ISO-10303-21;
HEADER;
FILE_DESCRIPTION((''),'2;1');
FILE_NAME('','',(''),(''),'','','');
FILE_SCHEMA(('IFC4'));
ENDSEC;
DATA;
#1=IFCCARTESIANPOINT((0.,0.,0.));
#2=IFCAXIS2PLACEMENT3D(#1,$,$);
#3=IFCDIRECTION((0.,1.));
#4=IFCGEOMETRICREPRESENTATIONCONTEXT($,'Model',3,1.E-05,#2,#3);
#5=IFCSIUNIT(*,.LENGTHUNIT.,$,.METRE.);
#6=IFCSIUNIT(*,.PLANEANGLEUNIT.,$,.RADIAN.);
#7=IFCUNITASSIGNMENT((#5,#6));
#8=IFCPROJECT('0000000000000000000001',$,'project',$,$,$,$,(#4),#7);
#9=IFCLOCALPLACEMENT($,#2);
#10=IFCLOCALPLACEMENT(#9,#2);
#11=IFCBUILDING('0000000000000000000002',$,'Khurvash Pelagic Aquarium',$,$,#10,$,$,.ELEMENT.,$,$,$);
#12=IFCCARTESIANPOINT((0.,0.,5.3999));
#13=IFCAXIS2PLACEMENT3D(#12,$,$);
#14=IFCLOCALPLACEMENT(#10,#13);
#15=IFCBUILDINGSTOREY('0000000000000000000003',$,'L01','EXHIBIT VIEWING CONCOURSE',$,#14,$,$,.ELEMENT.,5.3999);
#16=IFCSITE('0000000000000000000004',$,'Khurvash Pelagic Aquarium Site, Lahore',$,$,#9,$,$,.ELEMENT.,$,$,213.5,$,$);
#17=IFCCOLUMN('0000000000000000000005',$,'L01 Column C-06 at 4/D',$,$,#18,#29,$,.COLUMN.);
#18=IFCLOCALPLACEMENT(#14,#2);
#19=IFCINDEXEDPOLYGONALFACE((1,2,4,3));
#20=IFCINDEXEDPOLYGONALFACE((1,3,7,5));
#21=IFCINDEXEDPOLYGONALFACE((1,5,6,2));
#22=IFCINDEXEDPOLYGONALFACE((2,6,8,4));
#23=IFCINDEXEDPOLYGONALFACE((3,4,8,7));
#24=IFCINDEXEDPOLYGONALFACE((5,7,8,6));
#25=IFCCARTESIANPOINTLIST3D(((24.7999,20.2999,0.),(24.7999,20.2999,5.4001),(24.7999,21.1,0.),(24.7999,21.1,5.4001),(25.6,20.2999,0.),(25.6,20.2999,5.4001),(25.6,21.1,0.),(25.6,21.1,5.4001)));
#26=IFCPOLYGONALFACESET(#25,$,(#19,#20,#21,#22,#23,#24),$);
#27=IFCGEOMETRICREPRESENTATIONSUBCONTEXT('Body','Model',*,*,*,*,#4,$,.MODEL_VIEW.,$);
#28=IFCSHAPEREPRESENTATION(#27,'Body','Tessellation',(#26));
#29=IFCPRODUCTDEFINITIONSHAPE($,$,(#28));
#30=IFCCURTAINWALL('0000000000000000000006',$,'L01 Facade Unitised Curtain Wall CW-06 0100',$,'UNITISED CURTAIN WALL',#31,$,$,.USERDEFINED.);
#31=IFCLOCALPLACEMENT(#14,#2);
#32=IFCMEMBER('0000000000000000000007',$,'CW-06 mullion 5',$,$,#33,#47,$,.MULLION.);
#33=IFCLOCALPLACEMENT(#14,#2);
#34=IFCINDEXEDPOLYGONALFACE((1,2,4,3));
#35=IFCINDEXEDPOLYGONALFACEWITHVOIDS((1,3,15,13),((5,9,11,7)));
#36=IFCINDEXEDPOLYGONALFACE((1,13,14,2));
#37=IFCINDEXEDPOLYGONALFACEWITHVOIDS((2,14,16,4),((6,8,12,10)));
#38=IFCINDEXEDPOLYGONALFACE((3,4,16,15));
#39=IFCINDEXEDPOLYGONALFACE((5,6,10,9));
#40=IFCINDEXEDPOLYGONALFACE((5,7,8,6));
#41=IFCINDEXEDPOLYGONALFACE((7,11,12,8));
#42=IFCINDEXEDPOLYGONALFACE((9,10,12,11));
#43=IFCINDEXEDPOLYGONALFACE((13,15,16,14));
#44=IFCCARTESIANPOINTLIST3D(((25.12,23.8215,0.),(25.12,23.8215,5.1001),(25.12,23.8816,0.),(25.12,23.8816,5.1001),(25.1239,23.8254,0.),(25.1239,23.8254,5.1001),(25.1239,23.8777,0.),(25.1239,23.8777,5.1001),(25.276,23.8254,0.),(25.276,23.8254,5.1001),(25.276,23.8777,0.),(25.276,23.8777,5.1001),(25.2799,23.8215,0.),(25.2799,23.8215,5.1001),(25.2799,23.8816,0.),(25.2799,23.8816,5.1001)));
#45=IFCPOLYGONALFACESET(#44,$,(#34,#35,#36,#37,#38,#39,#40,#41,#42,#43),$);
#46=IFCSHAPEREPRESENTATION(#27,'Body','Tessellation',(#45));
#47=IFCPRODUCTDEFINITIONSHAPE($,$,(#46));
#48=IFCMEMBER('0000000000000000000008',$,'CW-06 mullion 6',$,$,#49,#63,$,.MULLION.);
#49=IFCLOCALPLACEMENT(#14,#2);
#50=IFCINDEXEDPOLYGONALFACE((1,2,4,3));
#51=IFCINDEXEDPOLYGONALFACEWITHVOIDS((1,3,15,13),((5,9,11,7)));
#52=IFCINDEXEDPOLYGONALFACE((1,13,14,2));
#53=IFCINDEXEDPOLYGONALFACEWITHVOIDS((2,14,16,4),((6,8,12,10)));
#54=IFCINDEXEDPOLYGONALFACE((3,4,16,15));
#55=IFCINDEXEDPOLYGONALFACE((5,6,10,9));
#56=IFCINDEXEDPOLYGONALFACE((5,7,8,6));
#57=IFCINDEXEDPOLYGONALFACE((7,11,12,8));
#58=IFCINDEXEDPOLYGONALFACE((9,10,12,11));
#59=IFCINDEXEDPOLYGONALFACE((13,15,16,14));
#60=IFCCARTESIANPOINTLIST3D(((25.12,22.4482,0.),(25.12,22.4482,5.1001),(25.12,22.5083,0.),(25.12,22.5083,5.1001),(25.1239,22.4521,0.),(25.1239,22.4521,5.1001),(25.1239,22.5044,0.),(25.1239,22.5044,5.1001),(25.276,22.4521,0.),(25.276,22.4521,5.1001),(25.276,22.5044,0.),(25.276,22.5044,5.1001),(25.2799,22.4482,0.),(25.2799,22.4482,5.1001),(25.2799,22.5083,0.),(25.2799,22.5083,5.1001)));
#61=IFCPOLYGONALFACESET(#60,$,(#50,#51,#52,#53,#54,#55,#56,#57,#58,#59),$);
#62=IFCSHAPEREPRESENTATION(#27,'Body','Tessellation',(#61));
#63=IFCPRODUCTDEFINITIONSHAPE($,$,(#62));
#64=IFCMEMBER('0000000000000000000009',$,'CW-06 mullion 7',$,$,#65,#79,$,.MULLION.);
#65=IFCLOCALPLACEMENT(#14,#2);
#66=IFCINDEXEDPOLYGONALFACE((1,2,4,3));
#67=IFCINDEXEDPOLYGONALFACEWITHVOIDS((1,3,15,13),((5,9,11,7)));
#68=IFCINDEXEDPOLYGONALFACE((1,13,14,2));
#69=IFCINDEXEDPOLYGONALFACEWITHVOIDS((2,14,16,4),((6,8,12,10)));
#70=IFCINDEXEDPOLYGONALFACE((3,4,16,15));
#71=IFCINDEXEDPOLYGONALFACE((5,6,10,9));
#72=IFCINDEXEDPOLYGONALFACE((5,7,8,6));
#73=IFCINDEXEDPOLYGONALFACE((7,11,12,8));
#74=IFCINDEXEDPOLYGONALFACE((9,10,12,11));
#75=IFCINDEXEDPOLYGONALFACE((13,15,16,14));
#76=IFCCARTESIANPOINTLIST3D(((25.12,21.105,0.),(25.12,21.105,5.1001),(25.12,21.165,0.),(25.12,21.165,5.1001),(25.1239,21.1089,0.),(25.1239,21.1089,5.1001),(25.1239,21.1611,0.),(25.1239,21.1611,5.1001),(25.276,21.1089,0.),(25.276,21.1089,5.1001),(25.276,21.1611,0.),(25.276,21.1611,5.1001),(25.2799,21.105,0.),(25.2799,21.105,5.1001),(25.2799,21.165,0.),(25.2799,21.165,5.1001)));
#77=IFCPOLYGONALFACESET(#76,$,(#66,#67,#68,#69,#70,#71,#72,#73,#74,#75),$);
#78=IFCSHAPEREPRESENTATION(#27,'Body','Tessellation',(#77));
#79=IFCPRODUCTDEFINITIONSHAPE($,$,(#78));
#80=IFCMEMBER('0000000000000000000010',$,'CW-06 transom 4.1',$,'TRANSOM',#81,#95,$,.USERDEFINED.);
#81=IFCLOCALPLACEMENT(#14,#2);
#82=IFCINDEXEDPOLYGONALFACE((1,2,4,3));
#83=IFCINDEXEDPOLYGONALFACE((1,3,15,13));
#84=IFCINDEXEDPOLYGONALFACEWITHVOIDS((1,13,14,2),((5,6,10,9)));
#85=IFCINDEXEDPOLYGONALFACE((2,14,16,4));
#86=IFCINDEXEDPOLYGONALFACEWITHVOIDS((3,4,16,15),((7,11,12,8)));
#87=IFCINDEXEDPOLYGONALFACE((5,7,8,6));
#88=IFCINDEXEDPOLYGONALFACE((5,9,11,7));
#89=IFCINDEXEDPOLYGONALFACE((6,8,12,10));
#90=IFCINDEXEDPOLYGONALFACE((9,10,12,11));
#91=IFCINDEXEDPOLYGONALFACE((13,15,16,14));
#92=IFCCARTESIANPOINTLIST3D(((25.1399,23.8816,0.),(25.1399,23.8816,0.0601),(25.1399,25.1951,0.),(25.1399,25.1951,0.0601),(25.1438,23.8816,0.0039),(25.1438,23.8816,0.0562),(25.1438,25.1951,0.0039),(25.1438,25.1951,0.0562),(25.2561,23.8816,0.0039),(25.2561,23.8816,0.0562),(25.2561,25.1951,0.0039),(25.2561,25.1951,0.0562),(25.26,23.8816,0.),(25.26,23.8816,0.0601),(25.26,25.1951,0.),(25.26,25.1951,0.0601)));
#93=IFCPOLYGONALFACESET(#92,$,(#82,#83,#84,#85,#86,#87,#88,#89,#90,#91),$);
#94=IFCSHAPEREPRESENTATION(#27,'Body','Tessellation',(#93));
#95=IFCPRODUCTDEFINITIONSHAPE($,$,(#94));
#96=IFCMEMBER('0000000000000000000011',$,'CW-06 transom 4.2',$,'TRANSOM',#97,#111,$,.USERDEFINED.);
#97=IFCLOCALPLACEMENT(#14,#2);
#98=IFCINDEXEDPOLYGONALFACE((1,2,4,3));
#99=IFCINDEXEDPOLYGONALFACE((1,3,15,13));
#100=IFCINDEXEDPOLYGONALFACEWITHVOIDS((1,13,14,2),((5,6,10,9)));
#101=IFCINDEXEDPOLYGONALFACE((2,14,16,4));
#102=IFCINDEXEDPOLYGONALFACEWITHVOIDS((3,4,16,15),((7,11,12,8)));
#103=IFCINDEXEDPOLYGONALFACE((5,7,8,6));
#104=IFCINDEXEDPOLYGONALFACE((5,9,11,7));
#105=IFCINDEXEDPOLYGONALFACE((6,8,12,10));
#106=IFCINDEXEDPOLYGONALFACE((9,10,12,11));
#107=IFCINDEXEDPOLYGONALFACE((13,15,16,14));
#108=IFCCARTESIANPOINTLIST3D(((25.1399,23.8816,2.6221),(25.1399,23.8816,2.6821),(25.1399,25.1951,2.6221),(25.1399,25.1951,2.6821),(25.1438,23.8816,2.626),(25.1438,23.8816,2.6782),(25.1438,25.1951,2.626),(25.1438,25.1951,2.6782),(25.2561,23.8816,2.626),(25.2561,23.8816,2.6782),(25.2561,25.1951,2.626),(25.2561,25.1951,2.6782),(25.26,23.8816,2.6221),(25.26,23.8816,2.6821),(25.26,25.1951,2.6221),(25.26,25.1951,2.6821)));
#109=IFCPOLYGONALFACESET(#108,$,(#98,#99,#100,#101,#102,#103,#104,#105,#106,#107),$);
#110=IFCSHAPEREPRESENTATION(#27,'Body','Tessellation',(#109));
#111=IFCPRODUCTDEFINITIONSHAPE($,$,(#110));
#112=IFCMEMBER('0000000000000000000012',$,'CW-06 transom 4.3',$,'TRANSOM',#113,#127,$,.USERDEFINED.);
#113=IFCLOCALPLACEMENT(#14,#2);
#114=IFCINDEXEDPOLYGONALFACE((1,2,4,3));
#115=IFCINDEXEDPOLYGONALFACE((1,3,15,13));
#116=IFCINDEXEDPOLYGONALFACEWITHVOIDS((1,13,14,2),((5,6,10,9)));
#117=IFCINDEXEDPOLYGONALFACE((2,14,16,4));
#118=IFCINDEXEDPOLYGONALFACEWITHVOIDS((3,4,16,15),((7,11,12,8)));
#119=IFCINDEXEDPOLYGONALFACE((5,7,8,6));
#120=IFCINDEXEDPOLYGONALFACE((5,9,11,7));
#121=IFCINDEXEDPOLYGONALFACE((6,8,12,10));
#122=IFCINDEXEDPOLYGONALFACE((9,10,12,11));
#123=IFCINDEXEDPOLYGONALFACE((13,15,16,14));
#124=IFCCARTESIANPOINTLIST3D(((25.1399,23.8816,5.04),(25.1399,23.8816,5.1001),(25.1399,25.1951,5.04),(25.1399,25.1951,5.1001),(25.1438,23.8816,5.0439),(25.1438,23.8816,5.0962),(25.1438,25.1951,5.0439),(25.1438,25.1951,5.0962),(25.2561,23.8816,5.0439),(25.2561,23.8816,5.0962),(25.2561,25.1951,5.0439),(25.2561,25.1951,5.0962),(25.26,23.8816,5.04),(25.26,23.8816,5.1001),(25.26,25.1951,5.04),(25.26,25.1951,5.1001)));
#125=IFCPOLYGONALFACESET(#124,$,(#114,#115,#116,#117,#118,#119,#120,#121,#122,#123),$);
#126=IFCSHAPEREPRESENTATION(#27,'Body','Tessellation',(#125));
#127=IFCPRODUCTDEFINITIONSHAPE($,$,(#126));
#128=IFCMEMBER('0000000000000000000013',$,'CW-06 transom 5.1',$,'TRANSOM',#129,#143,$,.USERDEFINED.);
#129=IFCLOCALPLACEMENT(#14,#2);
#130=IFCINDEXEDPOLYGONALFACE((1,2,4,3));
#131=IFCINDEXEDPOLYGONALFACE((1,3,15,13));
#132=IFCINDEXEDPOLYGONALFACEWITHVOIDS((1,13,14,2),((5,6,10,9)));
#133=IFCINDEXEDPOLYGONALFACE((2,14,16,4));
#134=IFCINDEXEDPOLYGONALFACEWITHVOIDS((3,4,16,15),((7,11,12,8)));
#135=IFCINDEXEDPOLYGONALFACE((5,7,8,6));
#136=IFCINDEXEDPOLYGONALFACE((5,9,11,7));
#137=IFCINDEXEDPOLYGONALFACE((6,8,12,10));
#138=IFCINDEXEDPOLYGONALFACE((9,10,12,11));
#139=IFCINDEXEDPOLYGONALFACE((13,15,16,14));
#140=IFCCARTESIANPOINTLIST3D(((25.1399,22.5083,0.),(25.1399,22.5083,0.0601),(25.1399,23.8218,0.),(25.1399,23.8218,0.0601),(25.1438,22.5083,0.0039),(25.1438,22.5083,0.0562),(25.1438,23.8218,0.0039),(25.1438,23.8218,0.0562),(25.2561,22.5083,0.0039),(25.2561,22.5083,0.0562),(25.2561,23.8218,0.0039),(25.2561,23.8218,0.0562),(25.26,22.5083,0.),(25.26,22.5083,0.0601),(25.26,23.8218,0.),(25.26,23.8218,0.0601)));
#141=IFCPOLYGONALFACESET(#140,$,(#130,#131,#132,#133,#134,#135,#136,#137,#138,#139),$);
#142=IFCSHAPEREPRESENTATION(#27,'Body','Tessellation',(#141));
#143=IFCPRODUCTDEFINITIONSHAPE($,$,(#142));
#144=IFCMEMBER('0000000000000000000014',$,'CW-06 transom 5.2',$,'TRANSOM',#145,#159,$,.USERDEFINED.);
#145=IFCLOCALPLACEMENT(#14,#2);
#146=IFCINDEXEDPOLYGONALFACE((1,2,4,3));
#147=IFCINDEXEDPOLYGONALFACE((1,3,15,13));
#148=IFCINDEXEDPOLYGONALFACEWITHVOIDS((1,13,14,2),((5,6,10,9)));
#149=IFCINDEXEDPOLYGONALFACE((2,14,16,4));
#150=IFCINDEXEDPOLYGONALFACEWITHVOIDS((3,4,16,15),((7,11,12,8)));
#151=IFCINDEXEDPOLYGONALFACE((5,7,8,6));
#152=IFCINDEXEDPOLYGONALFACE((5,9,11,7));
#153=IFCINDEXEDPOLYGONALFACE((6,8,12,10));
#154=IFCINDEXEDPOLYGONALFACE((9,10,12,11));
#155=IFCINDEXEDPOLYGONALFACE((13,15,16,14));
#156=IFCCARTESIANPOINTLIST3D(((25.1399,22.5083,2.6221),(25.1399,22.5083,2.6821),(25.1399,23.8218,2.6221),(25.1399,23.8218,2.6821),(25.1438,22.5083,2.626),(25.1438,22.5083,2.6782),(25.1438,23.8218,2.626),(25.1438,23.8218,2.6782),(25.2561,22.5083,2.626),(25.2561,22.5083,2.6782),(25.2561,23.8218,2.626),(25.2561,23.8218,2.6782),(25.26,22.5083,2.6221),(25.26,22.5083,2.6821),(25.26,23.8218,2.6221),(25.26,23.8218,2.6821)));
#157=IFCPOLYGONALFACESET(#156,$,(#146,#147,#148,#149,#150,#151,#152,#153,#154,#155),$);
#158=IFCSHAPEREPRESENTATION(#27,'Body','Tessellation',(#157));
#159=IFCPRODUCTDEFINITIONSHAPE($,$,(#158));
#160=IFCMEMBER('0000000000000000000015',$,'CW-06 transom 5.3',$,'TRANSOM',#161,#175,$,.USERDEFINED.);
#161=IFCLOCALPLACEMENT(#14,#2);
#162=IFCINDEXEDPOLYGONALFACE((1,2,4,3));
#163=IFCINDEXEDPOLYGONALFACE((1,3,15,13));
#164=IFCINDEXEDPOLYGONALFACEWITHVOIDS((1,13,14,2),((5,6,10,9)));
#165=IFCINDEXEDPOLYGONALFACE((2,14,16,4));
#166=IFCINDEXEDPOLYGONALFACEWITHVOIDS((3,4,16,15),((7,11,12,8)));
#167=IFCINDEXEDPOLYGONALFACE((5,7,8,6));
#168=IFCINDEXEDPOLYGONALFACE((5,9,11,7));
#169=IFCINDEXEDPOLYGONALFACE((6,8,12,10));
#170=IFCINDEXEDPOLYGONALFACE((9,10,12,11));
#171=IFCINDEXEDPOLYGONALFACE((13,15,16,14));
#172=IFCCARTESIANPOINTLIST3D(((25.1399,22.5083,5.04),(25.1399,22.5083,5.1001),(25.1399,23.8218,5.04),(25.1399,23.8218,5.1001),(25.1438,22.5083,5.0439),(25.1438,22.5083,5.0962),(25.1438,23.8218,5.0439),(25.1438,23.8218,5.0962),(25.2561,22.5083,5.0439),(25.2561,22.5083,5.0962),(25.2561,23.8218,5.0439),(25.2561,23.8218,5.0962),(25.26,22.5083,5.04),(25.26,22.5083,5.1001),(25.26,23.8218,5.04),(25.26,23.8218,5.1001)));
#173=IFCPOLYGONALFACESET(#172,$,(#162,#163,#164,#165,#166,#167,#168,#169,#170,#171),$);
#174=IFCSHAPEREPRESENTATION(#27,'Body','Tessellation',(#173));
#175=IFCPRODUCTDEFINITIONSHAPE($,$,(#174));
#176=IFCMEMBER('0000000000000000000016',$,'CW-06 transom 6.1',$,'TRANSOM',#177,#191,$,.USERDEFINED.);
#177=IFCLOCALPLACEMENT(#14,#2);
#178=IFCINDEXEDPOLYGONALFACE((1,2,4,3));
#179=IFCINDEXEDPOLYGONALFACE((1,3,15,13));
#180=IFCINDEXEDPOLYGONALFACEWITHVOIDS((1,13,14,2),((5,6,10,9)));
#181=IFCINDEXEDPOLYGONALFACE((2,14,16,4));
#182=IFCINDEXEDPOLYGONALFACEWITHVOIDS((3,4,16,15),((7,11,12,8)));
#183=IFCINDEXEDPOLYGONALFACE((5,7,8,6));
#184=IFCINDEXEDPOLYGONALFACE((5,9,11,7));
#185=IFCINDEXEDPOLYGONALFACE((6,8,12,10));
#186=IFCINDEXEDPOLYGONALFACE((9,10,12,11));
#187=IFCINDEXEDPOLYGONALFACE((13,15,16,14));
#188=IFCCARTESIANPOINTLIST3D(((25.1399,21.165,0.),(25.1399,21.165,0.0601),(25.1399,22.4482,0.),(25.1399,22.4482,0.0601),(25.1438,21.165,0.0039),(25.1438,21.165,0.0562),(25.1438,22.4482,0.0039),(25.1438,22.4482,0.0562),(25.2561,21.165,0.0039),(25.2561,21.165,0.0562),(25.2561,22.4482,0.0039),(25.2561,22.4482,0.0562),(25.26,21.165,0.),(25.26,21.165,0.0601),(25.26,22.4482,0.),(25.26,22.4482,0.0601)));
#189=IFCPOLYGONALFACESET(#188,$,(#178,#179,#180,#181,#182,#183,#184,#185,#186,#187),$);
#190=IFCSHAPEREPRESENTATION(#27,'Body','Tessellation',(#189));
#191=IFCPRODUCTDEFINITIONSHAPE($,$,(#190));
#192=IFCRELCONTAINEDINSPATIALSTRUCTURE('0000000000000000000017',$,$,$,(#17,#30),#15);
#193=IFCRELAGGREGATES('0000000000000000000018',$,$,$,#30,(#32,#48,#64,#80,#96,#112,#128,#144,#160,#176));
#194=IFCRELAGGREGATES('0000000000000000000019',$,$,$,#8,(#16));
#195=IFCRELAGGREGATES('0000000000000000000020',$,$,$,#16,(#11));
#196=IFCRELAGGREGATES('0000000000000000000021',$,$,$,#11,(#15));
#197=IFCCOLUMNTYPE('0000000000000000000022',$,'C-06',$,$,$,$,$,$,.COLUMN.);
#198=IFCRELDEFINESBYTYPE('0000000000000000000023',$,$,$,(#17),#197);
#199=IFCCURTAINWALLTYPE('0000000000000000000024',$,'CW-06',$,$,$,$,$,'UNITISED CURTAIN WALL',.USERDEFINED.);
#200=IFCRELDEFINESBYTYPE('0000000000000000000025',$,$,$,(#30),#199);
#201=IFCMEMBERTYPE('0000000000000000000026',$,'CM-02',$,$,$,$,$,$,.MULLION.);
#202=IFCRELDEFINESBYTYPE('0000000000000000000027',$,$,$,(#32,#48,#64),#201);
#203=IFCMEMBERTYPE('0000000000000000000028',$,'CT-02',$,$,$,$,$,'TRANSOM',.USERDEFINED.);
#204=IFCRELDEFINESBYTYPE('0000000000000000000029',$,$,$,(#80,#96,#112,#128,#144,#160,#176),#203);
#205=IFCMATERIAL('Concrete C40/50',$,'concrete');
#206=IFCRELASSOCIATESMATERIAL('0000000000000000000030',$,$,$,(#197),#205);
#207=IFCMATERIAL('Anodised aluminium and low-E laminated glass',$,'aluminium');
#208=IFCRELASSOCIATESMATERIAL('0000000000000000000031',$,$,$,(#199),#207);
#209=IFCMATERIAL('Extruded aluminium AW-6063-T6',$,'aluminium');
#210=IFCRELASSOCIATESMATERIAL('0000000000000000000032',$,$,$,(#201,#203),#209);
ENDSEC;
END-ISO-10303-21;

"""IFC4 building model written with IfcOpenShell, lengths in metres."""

from ifc_helpers import new_model, si_unit, direction, frame, origin, origin_2d, place, context, subcontext, project, spatial, rectangle, hollow_rectangle, extrude, material, material_profile, profile_set, type_object, element, aggregate, save


model = new_model("IFC4")

# Units and contexts
model_context = context("Model", 3, precision=1e-05, world=origin(), true_north=direction((0.0, 1.0)))
body_context = subcontext(model_context, "Body", "Model", "MODEL_VIEW")
ifc_project = project(units=[si_unit("LENGTHUNIT", "METRE"), si_unit("PLANEANGLEUNIT", "RADIAN")], contexts=[model_context])

# Site, building, storey
site_placement = place(None, origin())
site = spatial("IfcSite", under=ifc_project, at=site_placement, Name="Khurvash Pelagic Aquarium Site, Lahore", CompositionType="ELEMENT", RefElevation=213.5)
building_placement = place(site_placement, origin())
building = spatial("IfcBuilding", under=site, at=building_placement, Name="Khurvash Pelagic Aquarium", CompositionType="ELEMENT")
storey_placement = place(building_placement, frame((0.0, 0.0, 5.3999)))
storey = spatial("IfcBuildingStorey", under=building, at=storey_placement, Name="L01", Description="EXHIBIT VIEWING CONCOURSE", CompositionType="ELEMENT", Elevation=5.3999)

# Column
ifc_material_1 = material(Name="Concrete C40/50", Category="concrete")
ifc_material_profile_1 = material_profile(ifc_material_1, rectangle(XDim=0.8, YDim=0.8, at=origin_2d()), Name="RC800X800")
ifc_profile_set_1 = profile_set([ifc_material_profile_1], Name="Concrete C40/50")
column_type = type_object("IfcColumnType", Name="C-06", PredefinedType="COLUMN", material=ifc_profile_set_1)
column_placement = place(storey_placement, frame((25.2, 20.7, 0.0), z_axis=(0.0, 0.0, 1.0), x_axis=(1.0, 0.0, 0.0)))
element("IfcColumn", 1, at=column_placement, inside=storey, type_object=column_type, Name="L01 Column C-06 at 4/D", PredefinedType="COLUMN", context=body_context, shape_type="SweptSolid", body=[
    extrude(rectangle(XDim=0.8, YDim=0.8, at=origin_2d()), origin(), (0.0, 0.0, 1.0), 5.4001),
])

# Curtain wall, members
ifc_material_2 = material(Name="Anodised aluminium and low-E laminated glass", Category="aluminium")
curtain_wall_type = type_object("IfcCurtainWallType", Name="CW-06", ElementType="UNITISED CURTAIN WALL", PredefinedType="USERDEFINED", material=ifc_material_2)
curtain_wall_placement = place(storey_placement, origin())
curtain_wall = element("IfcCurtainWall", 2, at=curtain_wall_placement, inside=storey, type_object=curtain_wall_type, Name="L01 Facade Unitised Curtain Wall CW-06 0100", ObjectType="UNITISED CURTAIN WALL", PredefinedType="USERDEFINED")
ifc_material_3 = material(Name="Extruded aluminium AW-6063-T6", Category="aluminium")
ifc_material_profile_2 = material_profile(ifc_material_3, hollow_rectangle(XDim=0.0601, YDim=0.1599, WallThickness=0.0039, at=origin_2d()), Name="CWM60X160X4")
ifc_profile_set_2 = profile_set([ifc_material_profile_2], Name="Extruded aluminium AW-6063-T6")
member_type_1 = type_object("IfcMemberType", Name="CM-02", PredefinedType="MULLION", material=ifc_profile_set_2)
member_1_placement = place(storey_placement, frame((25.2, 23.8516, 0.0), z_axis=(0.0, 0.0, 1.0), x_axis=(0.0, -1.0, 0.0)))
member_1 = element("IfcMember", 3, at=member_1_placement, type_object=member_type_1, Name="CW-06 mullion 5", PredefinedType="MULLION", context=body_context, shape_type="SweptSolid", body=[
    extrude(hollow_rectangle(XDim=0.0601, YDim=0.1599, WallThickness=0.0039, at=origin_2d()), origin(), (0.0, 0.0, 1.0), 5.1001),
])
member_2_placement = place(storey_placement, frame((25.2, 22.4783, 0.0), z_axis=(0.0, 0.0, 1.0), x_axis=(0.0, -1.0, 0.0)))
member_2 = element("IfcMember", 4, at=member_2_placement, type_object=member_type_1, Name="CW-06 mullion 6", PredefinedType="MULLION", context=body_context, shape_type="SweptSolid", body=[
    extrude(hollow_rectangle(XDim=0.0601, YDim=0.1599, WallThickness=0.0039, at=origin_2d()), origin(), (0.0, 0.0, 1.0), 5.1001),
])
member_3_placement = place(storey_placement, frame((25.2, 21.135, 0.0), z_axis=(0.0, 0.0, 1.0), x_axis=(0.0, -1.0, 0.0)))
member_3 = element("IfcMember", 5, at=member_3_placement, type_object=member_type_1, Name="CW-06 mullion 7", PredefinedType="MULLION", context=body_context, shape_type="SweptSolid", body=[
    extrude(hollow_rectangle(XDim=0.0601, YDim=0.1599, WallThickness=0.0039, at=origin_2d()), origin(), (0.0, 0.0, 1.0), 5.1001),
])
ifc_material_profile_3 = material_profile(ifc_material_3, hollow_rectangle(XDim=0.1201, YDim=0.0601, WallThickness=0.0039, at=origin_2d()), Name="CWT120X60X4")
ifc_profile_set_3 = profile_set([ifc_material_profile_3], Name="Extruded aluminium AW-6063-T6")
member_type_2 = type_object("IfcMemberType", Name="CT-02", ElementType="TRANSOM", PredefinedType="USERDEFINED", material=ifc_profile_set_3)
member_4_placement = place(storey_placement, frame((25.2, 25.1951, 0.03), z_axis=(0.0, -1.0, 0.0), x_axis=(1.0, 0.0, 0.0)))
member_4 = element("IfcMember", 6, at=member_4_placement, type_object=member_type_2, Name="CW-06 transom 4.1", ObjectType="TRANSOM", PredefinedType="USERDEFINED", context=body_context, shape_type="SweptSolid", body=[
    extrude(hollow_rectangle(XDim=0.1201, YDim=0.0601, WallThickness=0.0039, at=origin_2d()), origin(), (0.0, 0.0, 1.0), 1.3135),
])
member_5_placement = place(storey_placement, frame((25.2, 25.1951, 2.6521), z_axis=(0.0, -1.0, 0.0), x_axis=(1.0, 0.0, 0.0)))
member_5 = element("IfcMember", 7, at=member_5_placement, type_object=member_type_2, Name="CW-06 transom 4.2", ObjectType="TRANSOM", PredefinedType="USERDEFINED", context=body_context, shape_type="SweptSolid", body=[
    extrude(hollow_rectangle(XDim=0.1201, YDim=0.0601, WallThickness=0.0039, at=origin_2d()), origin(), (0.0, 0.0, 1.0), 1.3135),
])
member_6_placement = place(storey_placement, frame((25.2, 25.1951, 5.0701), z_axis=(0.0, -1.0, 0.0), x_axis=(1.0, 0.0, 0.0)))
member_6 = element("IfcMember", 8, at=member_6_placement, type_object=member_type_2, Name="CW-06 transom 4.3", ObjectType="TRANSOM", PredefinedType="USERDEFINED", context=body_context, shape_type="SweptSolid", body=[
    extrude(hollow_rectangle(XDim=0.1201, YDim=0.0601, WallThickness=0.0039, at=origin_2d()), origin(), (0.0, 0.0, 1.0), 1.3135),
])
member_7_placement = place(storey_placement, frame((25.2, 23.8218, 0.03), z_axis=(0.0, -1.0, 0.0), x_axis=(1.0, 0.0, 0.0)))
member_7 = element("IfcMember", 9, at=member_7_placement, type_object=member_type_2, Name="CW-06 transom 5.1", ObjectType="TRANSOM", PredefinedType="USERDEFINED", context=body_context, shape_type="SweptSolid", body=[
    extrude(hollow_rectangle(XDim=0.1201, YDim=0.0601, WallThickness=0.0039, at=origin_2d()), origin(), (0.0, 0.0, 1.0), 1.3135),
])
member_8_placement = place(storey_placement, frame((25.2, 23.8218, 2.6521), z_axis=(0.0, -1.0, 0.0), x_axis=(1.0, 0.0, 0.0)))
member_8 = element("IfcMember", 10, at=member_8_placement, type_object=member_type_2, Name="CW-06 transom 5.2", ObjectType="TRANSOM", PredefinedType="USERDEFINED", context=body_context, shape_type="SweptSolid", body=[
    extrude(hollow_rectangle(XDim=0.1201, YDim=0.0601, WallThickness=0.0039, at=origin_2d()), origin(), (0.0, 0.0, 1.0), 1.3135),
])
member_9_placement = place(storey_placement, frame((25.2, 23.8218, 5.0701), z_axis=(0.0, -1.0, 0.0), x_axis=(1.0, 0.0, 0.0)))
member_9 = element("IfcMember", 11, at=member_9_placement, type_object=member_type_2, Name="CW-06 transom 5.3", ObjectType="TRANSOM", PredefinedType="USERDEFINED", context=body_context, shape_type="SweptSolid", body=[
    extrude(hollow_rectangle(XDim=0.1201, YDim=0.0601, WallThickness=0.0039, at=origin_2d()), origin(), (0.0, 0.0, 1.0), 1.3135),
])
member_10_placement = place(storey_placement, frame((25.2, 22.4482, 0.03), z_axis=(0.0, -1.0, 0.0), x_axis=(1.0, 0.0, 0.0)))
member_10 = element("IfcMember", 12, at=member_10_placement, type_object=member_type_2, Name="CW-06 transom 6.1", ObjectType="TRANSOM", PredefinedType="USERDEFINED", context=body_context, shape_type="SweptSolid", body=[
    extrude(hollow_rectangle(XDim=0.1201, YDim=0.0601, WallThickness=0.0039, at=origin_2d()), origin(), (0.0, 0.0, 1.0), 1.2832),
])

aggregate(curtain_wall, [member_1, member_2, member_3, member_4, member_5, member_6, member_7, member_8, member_9, member_10])

save(model, "model.ifc")
